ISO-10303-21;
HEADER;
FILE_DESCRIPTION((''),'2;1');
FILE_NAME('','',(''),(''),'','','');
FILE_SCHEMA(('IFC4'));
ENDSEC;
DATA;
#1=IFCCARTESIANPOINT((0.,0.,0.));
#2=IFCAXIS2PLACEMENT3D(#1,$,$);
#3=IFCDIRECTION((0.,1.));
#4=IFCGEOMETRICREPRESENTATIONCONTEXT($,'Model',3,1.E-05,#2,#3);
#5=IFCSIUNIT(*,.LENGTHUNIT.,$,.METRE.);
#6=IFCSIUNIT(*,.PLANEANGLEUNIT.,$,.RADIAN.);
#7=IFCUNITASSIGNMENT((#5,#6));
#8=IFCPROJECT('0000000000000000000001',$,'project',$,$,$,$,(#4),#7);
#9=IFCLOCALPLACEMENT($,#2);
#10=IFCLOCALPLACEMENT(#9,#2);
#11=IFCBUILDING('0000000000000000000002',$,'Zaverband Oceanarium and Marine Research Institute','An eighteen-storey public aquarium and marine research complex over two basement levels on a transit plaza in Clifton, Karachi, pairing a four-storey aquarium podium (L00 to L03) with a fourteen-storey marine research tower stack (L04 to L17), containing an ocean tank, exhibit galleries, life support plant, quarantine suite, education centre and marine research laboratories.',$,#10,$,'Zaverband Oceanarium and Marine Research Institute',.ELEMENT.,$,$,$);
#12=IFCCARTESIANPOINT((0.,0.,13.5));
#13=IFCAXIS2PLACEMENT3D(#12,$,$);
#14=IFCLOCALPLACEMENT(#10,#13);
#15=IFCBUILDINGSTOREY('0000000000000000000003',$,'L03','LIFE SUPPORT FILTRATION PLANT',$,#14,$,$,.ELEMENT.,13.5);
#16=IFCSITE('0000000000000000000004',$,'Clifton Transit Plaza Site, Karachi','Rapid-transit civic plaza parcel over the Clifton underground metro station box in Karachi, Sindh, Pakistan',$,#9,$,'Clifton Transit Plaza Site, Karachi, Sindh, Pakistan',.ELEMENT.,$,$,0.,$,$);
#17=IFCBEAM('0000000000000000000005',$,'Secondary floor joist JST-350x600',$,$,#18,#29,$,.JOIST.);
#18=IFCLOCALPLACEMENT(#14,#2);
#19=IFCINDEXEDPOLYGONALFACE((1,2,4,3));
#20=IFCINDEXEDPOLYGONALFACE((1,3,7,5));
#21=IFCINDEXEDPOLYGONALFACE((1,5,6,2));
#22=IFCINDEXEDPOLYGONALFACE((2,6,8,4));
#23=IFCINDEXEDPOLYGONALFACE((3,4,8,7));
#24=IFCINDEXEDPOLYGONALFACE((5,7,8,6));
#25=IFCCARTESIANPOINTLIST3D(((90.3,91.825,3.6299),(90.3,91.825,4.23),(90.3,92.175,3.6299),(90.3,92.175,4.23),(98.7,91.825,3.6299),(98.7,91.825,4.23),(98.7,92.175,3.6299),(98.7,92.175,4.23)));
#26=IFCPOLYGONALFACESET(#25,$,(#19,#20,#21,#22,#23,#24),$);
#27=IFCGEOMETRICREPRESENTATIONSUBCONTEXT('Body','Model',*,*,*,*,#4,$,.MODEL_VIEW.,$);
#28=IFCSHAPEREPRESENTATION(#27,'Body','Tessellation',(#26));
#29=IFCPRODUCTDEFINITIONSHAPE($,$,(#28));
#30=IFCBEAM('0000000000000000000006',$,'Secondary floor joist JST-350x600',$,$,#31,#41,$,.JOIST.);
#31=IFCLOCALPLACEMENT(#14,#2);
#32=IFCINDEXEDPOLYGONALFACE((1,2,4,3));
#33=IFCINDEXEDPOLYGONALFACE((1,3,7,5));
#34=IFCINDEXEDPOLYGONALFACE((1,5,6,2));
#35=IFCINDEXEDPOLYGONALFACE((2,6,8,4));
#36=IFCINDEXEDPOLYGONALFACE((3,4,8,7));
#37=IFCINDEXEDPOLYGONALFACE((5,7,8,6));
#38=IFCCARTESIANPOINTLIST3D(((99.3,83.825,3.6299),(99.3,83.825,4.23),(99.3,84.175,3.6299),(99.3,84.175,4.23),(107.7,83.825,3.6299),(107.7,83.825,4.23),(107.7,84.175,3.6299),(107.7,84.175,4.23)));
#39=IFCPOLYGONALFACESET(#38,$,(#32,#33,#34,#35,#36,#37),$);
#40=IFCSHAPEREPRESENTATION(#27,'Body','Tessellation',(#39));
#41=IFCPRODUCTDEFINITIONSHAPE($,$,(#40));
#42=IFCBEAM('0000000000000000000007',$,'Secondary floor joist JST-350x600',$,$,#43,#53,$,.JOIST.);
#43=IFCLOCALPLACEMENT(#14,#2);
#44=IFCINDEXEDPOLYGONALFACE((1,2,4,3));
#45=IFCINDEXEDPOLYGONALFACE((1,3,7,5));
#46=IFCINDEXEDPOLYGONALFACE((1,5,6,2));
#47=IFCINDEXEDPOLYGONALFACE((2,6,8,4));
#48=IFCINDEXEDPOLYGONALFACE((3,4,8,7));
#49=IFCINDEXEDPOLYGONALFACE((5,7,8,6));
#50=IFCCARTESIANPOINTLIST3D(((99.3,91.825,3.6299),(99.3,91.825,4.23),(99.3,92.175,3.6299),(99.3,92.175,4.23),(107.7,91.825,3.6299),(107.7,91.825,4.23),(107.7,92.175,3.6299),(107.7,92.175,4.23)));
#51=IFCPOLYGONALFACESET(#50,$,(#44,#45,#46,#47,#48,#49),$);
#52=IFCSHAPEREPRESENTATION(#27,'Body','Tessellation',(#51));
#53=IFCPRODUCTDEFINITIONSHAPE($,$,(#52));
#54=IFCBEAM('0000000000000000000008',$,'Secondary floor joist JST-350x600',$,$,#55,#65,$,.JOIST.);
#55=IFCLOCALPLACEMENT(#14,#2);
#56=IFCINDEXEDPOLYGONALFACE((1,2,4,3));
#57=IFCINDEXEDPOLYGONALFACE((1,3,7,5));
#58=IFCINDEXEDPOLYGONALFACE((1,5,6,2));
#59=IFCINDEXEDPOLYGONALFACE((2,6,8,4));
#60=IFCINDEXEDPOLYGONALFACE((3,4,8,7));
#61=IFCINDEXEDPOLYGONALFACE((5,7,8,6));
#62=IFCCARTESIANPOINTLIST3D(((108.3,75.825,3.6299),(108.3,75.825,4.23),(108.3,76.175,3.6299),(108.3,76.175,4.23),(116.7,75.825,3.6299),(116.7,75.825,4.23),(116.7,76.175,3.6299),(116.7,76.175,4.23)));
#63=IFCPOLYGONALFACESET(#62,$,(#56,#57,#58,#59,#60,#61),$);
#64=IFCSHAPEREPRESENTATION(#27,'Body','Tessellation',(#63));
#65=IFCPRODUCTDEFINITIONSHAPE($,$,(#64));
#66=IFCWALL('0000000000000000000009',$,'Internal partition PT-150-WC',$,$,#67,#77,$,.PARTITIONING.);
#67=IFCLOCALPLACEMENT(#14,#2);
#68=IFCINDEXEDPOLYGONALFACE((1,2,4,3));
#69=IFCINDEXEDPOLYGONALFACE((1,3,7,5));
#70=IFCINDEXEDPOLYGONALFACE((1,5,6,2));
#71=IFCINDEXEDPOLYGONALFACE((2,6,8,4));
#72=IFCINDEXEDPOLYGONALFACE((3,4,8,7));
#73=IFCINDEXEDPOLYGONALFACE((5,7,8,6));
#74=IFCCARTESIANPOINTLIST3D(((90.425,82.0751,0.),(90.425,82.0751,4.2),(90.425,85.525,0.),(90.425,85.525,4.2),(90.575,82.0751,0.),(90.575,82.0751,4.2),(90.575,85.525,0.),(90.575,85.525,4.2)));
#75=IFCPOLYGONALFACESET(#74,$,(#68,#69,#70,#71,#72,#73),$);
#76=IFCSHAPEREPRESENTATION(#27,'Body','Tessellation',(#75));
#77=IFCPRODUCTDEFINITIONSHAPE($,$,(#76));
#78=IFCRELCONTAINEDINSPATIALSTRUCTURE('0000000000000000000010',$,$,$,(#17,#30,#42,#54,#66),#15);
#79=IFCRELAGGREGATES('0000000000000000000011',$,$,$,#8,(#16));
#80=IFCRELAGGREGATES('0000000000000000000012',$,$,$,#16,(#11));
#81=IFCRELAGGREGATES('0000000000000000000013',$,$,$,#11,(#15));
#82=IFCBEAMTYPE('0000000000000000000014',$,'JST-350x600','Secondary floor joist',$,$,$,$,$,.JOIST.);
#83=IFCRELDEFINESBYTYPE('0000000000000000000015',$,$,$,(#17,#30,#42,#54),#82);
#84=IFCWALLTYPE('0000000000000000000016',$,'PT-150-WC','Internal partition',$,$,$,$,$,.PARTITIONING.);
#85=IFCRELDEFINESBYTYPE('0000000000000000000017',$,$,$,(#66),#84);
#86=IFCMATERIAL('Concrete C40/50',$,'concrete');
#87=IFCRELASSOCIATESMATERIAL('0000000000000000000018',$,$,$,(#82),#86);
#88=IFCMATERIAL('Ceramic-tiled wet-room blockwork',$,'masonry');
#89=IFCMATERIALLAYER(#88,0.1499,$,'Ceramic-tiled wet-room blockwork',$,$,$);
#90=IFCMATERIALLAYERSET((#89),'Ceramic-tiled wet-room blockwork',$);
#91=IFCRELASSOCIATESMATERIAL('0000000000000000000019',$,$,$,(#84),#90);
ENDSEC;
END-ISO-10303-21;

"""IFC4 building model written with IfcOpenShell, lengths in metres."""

from ifc_helpers import new_model, si_unit, direction, frame, frame_2d, origin, origin_2d, place, context, subcontext, project, spatial, rectangle, extrude, material, layer, layer_set, material_profile, profile_set, type_object, element, save


model = new_model("IFC4")

# Units and contexts
model_context = context("Model", 3, precision=1e-05, world=origin(), true_north=direction((0.0, 1.0)))
body_context = subcontext(model_context, "Body", "Model", "MODEL_VIEW")
ifc_project = project(units=[si_unit("LENGTHUNIT", "METRE"), si_unit("PLANEANGLEUNIT", "RADIAN")], contexts=[model_context])

# Site, building, storey
site_placement = place(None, origin())
site = spatial("IfcSite", under=ifc_project, at=site_placement, Name="Clifton Transit Plaza Site, Karachi", Description="Rapid-transit civic plaza parcel over the Clifton underground metro station box in Karachi, Sindh, Pakistan", LongName="Clifton Transit Plaza Site, Karachi, Sindh, Pakistan", CompositionType="ELEMENT", RefElevation=0.0)
building_placement = place(site_placement, origin())
building = spatial("IfcBuilding", under=site, at=building_placement, Name="Zaverband Oceanarium and Marine Research Institute", Description="An eighteen-storey public aquarium and marine research complex over two basement levels on a transit plaza in Clifton, Karachi, pairing a four-storey aquarium podium (L00 to L03) with a fourteen-storey marine research tower stack (L04 to L17), containing an ocean tank, exhibit galleries, life support plant, quarantine suite, education centre and marine research laboratories.", LongName="Zaverband Oceanarium and Marine Research Institute", CompositionType="ELEMENT")
storey_placement = place(building_placement, frame((0.0, 0.0, 13.5)))
storey = spatial("IfcBuildingStorey", under=building, at=storey_placement, Name="L03", Description="LIFE SUPPORT FILTRATION PLANT", CompositionType="ELEMENT", Elevation=13.5)

# Beams
ifc_material_1 = material(Name="Concrete C40/50", Category="concrete")
ifc_material_profile_1 = material_profile(ifc_material_1, rectangle(XDim=0.3501, YDim=0.6001, at=origin_2d()), Name="RC350x600")
ifc_profile_set_1 = profile_set([ifc_material_profile_1], Name="Concrete C40/50")
beam_type_1 = type_object("IfcBeamType", Name="JST-350x600", Description="Secondary floor joist", PredefinedType="JOIST", material=ifc_profile_set_1)
for number, where, z_axis, x_axis, name in (
    (1, (90.3, 92.0, 3.9299), (1.0, 0.0, 0.0), (0.0, 1.0, 0.0), "Secondary floor joist JST-350x600"),
    (2, (99.3, 84.0, 3.9299), (1.0, 0.0, 0.0), (0.0, 1.0, 0.0), "Secondary floor joist JST-350x600"),
    (3, (99.3, 92.0, 3.9299), (1.0, 0.0, 0.0), (0.0, 1.0, 0.0), "Secondary floor joist JST-350x600"),
    (4, (108.3, 76.0, 3.9299), (1.0, 0.0, 0.0), (0.0, 1.0, 0.0), "Secondary floor joist JST-350x600"),
):
    element("IfcBeam", number, at=place(storey_placement, frame(where, z_axis=z_axis, x_axis=x_axis)), inside=storey, type_object=beam_type_1, Name=name, PredefinedType="JOIST", context=body_context, shape_type="SweptSolid", body=[
        extrude(rectangle(XDim=0.3501, YDim=0.6001, at=origin_2d()), origin(), (0.0, 0.0, 1.0), 8.3999),
    ])

# Wall
ifc_material_2 = material(Name="Ceramic-tiled wet-room blockwork", Category="masonry")
ifc_layer = layer(ifc_material_2, 0.1499, Name="Ceramic-tiled wet-room blockwork")
ifc_layer_set = layer_set([ifc_layer], Name="Ceramic-tiled wet-room blockwork")
wall_type = type_object("IfcWallType", Name="PT-150-WC", Description="Internal partition", PredefinedType="PARTITIONING", material=ifc_layer_set)
wall_placement = place(storey_placement, frame((90.5, 82.075, 0.0), z_axis=(0.0, 0.0, 1.0), x_axis=(0.0, 1.0, 0.0)))
element("IfcWall", 5, at=wall_placement, inside=storey, type_object=wall_type, Name="Internal partition PT-150-WC", PredefinedType="PARTITIONING", context=body_context, shape_type="SweptSolid", body=[
    extrude(rectangle(XDim=3.45, YDim=0.1499, at=frame_2d((1.7251, 0.0))), origin(), (0.0, 0.0, 1.0), 4.2),
])

save(model, "model.ifc")
